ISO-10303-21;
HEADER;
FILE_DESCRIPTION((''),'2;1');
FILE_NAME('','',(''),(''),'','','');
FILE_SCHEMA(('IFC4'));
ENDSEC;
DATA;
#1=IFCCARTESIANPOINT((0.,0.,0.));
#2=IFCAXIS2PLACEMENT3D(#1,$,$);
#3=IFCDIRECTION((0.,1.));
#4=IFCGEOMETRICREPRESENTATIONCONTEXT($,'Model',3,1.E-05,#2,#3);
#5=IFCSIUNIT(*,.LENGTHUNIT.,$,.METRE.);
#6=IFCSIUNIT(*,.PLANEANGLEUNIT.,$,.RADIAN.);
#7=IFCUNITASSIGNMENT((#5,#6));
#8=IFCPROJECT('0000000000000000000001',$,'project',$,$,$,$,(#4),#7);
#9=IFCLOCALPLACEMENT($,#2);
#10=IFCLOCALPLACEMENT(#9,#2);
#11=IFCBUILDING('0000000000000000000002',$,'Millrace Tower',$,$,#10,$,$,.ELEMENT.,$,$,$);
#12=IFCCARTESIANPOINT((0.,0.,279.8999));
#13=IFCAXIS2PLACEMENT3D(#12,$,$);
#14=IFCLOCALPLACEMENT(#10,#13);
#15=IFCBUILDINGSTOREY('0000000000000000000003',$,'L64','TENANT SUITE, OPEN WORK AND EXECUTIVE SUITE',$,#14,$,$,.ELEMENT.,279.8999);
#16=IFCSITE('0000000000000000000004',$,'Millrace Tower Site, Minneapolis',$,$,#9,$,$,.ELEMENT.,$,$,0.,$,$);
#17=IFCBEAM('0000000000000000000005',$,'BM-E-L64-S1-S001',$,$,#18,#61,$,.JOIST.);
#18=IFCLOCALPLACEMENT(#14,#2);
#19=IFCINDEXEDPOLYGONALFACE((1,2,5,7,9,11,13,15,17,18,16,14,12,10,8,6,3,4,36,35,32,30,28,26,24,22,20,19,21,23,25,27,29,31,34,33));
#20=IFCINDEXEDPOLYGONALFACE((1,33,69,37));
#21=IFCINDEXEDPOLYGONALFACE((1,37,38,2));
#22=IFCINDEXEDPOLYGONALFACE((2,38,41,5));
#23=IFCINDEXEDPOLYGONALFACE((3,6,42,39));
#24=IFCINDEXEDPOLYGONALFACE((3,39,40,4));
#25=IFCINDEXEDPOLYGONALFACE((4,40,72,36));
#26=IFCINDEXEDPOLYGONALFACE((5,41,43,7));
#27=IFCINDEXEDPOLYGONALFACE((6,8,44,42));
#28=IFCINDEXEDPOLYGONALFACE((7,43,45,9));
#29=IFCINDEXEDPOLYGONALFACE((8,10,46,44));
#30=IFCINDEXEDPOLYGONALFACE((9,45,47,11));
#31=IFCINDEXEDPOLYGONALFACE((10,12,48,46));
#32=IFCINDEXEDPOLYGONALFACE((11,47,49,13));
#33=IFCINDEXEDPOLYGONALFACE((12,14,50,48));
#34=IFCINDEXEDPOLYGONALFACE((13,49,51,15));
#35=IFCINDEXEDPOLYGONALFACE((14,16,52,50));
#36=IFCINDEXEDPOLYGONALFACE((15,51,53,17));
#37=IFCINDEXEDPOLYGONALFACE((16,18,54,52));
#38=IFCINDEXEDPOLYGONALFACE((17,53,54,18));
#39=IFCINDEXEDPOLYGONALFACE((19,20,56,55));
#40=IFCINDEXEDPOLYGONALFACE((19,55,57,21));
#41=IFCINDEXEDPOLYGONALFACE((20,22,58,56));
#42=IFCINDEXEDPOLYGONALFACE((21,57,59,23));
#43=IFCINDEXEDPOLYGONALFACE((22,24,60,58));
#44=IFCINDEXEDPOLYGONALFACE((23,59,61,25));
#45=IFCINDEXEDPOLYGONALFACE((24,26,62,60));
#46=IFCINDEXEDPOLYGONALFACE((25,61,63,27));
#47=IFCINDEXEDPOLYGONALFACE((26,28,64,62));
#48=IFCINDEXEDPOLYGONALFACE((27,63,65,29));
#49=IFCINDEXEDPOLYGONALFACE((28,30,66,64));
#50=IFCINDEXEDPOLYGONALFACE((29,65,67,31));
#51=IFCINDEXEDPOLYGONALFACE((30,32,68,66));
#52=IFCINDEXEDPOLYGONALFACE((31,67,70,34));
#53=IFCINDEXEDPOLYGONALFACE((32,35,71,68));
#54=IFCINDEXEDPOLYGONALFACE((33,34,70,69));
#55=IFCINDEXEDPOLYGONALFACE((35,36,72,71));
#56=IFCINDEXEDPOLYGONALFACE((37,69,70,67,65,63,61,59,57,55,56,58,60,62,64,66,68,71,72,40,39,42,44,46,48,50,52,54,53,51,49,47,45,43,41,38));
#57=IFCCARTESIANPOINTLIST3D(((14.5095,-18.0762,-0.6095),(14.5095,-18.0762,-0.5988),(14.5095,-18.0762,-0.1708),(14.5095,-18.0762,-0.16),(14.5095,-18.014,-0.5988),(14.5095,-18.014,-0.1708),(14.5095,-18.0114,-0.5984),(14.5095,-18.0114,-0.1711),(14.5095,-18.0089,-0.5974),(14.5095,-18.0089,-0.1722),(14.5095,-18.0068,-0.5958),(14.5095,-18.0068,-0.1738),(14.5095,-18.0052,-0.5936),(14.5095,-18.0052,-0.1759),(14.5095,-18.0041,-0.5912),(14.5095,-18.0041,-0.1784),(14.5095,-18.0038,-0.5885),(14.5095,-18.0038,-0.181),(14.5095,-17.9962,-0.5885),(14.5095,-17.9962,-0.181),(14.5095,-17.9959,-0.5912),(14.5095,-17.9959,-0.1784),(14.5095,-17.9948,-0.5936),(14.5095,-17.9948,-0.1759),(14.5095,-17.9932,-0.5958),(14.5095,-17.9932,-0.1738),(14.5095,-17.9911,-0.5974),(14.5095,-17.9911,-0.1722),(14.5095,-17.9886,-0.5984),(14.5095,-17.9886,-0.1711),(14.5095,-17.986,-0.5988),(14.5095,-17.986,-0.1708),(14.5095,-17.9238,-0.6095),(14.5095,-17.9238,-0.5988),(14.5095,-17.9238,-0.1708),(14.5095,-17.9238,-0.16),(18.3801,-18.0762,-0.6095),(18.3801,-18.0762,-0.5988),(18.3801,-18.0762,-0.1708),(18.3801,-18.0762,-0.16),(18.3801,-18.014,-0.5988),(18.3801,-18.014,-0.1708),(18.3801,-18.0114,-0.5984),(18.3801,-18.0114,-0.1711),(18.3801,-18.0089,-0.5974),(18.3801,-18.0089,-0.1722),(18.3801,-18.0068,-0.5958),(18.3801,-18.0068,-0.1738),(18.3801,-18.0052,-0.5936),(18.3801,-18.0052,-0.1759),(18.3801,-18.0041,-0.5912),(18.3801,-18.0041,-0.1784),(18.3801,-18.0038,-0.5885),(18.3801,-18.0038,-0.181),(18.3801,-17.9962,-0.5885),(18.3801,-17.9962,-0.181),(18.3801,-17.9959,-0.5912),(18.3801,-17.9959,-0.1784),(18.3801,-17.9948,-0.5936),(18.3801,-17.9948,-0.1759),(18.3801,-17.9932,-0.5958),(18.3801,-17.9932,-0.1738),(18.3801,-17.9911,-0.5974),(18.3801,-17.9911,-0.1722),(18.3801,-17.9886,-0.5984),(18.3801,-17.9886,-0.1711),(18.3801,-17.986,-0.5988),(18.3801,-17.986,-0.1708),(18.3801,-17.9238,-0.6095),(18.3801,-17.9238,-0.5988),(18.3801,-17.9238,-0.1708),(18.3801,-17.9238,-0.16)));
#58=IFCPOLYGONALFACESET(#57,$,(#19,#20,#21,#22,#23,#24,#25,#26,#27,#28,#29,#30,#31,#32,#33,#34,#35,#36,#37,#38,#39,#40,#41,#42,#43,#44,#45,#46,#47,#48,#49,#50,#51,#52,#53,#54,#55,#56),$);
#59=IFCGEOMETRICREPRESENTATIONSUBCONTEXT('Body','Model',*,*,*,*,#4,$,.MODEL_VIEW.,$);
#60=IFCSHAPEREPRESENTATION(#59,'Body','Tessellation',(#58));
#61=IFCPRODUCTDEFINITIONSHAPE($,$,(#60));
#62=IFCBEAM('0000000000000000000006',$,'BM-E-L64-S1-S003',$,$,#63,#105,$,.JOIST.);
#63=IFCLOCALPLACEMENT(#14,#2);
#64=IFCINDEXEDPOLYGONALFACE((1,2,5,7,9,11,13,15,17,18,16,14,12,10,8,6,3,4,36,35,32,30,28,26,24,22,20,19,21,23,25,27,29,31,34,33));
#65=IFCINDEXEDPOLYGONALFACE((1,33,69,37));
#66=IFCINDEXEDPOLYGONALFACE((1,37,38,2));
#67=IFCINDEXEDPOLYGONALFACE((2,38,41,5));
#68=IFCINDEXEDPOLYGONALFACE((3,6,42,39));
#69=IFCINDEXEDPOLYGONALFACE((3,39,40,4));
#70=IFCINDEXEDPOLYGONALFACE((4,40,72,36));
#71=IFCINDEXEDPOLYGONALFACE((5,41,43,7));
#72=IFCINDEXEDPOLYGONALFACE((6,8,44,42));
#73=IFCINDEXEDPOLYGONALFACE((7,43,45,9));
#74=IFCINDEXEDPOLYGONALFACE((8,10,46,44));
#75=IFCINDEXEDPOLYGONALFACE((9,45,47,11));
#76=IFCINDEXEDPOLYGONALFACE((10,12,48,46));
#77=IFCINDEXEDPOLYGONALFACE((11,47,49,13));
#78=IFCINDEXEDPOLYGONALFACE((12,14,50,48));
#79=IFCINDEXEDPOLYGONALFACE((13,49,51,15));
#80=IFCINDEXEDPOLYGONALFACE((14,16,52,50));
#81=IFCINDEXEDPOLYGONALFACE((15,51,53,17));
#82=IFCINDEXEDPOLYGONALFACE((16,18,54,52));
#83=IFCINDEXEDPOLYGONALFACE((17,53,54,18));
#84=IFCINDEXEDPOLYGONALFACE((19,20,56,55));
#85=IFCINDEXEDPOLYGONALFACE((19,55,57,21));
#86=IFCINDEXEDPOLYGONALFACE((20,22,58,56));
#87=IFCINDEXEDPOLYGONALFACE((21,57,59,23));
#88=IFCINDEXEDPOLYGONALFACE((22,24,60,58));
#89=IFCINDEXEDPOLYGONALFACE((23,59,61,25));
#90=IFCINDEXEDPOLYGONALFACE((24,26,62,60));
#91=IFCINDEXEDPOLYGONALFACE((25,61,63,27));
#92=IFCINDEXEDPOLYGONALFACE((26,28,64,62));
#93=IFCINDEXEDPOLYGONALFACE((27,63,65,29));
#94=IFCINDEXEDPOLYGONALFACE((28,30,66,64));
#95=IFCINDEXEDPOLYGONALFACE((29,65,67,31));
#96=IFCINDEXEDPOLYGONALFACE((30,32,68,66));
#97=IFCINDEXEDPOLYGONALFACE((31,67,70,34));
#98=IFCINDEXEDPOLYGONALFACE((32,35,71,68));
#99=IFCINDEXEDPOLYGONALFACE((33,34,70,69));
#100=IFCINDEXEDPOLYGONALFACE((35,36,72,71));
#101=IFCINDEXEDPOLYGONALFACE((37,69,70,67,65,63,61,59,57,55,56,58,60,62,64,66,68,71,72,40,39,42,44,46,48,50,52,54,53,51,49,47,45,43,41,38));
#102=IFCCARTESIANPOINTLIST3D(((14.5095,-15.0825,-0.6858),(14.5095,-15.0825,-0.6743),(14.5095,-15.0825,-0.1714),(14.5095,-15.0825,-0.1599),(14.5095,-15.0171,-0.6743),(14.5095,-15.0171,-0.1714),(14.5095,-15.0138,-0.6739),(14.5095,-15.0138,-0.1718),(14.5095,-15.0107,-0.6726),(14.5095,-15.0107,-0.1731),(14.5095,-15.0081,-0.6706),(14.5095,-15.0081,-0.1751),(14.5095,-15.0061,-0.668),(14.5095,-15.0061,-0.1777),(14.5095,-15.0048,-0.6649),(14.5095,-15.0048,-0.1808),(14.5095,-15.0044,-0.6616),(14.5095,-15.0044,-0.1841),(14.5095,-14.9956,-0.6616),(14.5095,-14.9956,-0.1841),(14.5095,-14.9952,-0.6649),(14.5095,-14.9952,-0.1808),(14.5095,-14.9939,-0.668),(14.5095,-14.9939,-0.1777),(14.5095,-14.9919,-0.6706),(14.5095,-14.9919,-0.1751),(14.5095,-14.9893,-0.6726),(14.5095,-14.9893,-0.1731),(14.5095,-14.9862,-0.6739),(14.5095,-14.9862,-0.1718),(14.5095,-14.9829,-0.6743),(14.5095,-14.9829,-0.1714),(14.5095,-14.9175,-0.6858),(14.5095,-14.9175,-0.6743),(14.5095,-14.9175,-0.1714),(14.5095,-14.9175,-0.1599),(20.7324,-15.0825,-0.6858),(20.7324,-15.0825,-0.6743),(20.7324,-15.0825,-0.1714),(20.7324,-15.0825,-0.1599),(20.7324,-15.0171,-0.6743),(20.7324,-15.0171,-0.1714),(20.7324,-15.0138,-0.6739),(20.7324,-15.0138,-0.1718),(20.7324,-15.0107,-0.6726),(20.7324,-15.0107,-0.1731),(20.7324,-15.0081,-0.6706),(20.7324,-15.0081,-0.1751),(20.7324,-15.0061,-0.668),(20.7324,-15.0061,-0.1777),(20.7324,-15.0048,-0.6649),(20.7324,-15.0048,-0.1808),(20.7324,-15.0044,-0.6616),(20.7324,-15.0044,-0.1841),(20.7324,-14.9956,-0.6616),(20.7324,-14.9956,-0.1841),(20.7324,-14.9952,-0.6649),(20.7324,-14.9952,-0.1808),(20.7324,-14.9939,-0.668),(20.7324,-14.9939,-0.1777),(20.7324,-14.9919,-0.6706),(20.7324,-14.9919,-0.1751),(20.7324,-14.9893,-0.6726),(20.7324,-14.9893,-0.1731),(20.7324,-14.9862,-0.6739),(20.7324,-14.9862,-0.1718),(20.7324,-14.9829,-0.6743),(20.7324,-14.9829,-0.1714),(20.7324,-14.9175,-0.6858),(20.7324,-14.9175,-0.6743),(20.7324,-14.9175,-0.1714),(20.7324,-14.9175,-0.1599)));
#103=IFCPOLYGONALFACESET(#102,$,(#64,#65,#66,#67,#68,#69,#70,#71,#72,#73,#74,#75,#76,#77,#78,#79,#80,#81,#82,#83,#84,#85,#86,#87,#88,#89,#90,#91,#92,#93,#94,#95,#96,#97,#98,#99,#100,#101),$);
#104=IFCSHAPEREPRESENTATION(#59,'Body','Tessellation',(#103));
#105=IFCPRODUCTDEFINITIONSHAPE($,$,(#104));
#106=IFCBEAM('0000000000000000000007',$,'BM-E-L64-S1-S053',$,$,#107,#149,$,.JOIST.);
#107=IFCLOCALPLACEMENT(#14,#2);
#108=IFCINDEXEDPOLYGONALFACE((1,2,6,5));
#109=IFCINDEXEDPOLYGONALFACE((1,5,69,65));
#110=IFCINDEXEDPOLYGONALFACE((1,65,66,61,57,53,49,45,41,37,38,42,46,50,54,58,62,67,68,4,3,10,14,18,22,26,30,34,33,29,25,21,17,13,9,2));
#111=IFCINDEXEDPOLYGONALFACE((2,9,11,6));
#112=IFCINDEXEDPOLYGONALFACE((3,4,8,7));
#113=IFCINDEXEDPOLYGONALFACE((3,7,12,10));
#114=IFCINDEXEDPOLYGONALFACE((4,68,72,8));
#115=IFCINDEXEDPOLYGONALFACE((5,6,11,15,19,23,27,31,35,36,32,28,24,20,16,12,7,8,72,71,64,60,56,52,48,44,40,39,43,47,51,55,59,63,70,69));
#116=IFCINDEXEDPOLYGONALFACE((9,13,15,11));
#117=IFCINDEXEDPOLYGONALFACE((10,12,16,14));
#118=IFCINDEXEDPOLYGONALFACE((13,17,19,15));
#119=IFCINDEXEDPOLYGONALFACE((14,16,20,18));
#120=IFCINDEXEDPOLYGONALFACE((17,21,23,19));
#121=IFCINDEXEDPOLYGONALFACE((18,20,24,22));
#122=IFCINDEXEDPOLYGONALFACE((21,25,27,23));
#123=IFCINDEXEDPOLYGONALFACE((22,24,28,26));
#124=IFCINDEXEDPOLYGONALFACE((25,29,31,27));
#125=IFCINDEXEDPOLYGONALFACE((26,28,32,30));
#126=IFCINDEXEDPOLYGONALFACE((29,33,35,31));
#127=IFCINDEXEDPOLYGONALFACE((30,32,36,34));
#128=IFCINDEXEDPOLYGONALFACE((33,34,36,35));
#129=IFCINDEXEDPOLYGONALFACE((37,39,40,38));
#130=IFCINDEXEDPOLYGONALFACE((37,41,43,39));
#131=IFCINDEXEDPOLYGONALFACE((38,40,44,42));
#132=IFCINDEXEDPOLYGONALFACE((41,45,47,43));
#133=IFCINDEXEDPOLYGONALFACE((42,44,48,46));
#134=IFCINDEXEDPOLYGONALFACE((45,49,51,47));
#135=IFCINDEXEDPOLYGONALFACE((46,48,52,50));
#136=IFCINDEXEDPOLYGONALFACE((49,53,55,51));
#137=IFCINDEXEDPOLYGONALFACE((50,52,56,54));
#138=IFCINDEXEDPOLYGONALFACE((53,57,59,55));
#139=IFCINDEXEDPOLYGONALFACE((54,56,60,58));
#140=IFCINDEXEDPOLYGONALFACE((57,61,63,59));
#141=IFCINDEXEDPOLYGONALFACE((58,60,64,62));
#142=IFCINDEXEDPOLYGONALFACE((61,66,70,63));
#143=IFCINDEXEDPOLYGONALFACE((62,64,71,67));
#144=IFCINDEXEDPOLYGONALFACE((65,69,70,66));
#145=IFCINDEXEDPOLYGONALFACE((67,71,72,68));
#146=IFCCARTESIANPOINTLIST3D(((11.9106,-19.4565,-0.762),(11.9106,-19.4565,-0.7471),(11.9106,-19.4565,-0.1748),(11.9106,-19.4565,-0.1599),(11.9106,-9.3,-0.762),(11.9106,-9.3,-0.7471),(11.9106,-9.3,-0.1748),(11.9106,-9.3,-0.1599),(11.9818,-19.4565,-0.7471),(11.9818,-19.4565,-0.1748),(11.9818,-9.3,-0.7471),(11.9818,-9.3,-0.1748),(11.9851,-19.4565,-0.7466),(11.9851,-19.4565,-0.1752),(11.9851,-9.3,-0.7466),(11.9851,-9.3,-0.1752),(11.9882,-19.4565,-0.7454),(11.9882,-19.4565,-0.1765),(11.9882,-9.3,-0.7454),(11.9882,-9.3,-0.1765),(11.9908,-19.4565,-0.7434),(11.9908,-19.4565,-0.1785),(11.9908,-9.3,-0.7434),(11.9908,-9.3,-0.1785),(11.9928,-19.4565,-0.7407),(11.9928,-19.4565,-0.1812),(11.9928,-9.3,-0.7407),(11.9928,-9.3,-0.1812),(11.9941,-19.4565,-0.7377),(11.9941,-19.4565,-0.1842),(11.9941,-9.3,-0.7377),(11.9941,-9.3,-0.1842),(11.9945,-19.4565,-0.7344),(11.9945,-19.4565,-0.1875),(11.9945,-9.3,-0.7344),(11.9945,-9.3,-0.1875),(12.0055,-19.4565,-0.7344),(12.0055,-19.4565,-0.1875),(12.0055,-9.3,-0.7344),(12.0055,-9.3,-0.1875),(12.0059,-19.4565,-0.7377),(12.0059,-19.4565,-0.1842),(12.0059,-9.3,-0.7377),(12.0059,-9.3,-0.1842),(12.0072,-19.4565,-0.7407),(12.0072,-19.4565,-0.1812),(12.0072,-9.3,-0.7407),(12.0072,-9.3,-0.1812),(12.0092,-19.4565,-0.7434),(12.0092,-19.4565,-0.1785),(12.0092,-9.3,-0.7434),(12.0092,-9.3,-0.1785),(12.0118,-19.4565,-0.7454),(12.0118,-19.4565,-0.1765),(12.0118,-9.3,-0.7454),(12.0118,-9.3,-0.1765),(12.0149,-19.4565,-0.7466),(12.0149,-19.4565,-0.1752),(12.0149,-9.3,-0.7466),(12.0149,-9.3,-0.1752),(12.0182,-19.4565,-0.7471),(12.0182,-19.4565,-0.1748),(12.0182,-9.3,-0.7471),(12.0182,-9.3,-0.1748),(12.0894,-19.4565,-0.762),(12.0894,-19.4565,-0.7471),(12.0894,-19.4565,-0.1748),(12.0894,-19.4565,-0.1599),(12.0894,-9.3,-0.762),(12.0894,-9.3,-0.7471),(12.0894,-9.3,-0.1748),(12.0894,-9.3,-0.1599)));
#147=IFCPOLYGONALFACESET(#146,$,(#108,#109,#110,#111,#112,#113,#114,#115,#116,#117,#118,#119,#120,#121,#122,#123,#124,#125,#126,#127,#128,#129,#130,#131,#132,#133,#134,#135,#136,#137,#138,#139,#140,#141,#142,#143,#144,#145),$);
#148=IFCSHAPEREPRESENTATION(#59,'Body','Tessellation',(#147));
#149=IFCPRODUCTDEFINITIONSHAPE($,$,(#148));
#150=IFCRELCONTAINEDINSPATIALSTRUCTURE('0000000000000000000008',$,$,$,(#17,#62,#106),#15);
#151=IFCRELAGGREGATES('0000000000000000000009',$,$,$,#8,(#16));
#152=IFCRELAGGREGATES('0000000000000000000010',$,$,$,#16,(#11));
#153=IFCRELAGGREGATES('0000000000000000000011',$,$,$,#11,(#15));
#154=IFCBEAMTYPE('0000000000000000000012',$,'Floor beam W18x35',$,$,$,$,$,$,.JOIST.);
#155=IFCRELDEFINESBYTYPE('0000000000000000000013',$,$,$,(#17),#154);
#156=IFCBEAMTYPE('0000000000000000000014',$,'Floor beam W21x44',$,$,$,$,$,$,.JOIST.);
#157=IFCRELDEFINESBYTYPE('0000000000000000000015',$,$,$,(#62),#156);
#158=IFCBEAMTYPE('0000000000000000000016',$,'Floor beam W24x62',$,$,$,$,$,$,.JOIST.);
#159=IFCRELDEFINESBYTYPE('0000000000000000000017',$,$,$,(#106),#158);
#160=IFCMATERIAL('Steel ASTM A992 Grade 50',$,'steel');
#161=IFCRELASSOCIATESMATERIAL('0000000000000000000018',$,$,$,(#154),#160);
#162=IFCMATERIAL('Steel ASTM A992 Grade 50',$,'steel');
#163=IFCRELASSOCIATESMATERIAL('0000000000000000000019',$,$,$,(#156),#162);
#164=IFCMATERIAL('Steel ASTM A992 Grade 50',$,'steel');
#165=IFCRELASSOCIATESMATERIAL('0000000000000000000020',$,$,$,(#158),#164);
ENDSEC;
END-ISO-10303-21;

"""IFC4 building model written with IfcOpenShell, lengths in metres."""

from ifc_helpers import new_model, si_unit, direction, frame, origin, origin_2d, place, context, subcontext, project, spatial, i_section, extrude, material, material_profile, profile_set, type_object, element, save


model = new_model("IFC4")

# Units and contexts
model_context = context("Model", 3, precision=1e-05, world=origin(), true_north=direction((0.0, 1.0)))
body_context = subcontext(model_context, "Body", "Model", "MODEL_VIEW")
ifc_project = project(units=[si_unit("LENGTHUNIT", "METRE"), si_unit("PLANEANGLEUNIT", "RADIAN")], contexts=[model_context])

# Site, building, storey
site_placement = place(None, origin())
site = spatial("IfcSite", under=ifc_project, at=site_placement, Name="Millrace Tower Site, Minneapolis", CompositionType="ELEMENT", RefElevation=0.0)
building_placement = place(site_placement, origin())
building = spatial("IfcBuilding", under=site, at=building_placement, Name="Millrace Tower", CompositionType="ELEMENT")
storey_placement = place(building_placement, frame((0.0, 0.0, 279.8999)))
storey = spatial("IfcBuildingStorey", under=building, at=storey_placement, Name="L64", Description="TENANT SUITE, OPEN WORK AND EXECUTIVE SUITE", CompositionType="ELEMENT", Elevation=279.8999)

# Beams
ifc_material_1 = material(Name="Steel ASTM A992 Grade 50", Category="steel")
ifc_material_profile_1 = material_profile(ifc_material_1, i_section(OverallWidth=0.1523, OverallDepth=0.4495, WebThickness=0.0076, FlangeThickness=0.0107, FilletRadius=0.0103, at=origin_2d()))
ifc_profile_set_1 = profile_set([ifc_material_profile_1], Name="Steel ASTM A992 Grade 50")
beam_type_1 = type_object("IfcBeamType", Name="Floor beam W18x35", PredefinedType="JOIST", material=ifc_profile_set_1)
beam_1_placement = place(storey_placement, frame((14.5095, -18.0, -0.3848), z_axis=(1.0, 0.0, 0.0), x_axis=(0.0, 1.0, 0.0)))
element("IfcBeam", 1, at=beam_1_placement, inside=storey, type_object=beam_type_1, Name="BM-E-L64-S1-S001", PredefinedType="JOIST", context=body_context, shape_type="SweptSolid", body=[
    extrude(i_section(OverallWidth=0.1523, OverallDepth=0.4495, WebThickness=0.0076, FlangeThickness=0.0107, FilletRadius=0.0103, at=origin_2d()), origin(), (0.0, 0.0, 1.0), 3.8706),
])
ifc_material_2 = material(Name="Steel ASTM A992 Grade 50", Category="steel")
ifc_material_profile_2 = material_profile(ifc_material_2, i_section(OverallWidth=0.165, OverallDepth=0.5259, WebThickness=0.0088, FlangeThickness=0.0115, FilletRadius=0.0127, at=origin_2d()))
ifc_profile_set_2 = profile_set([ifc_material_profile_2], Name="Steel ASTM A992 Grade 50")
beam_type_2 = type_object("IfcBeamType", Name="Floor beam W21x44", PredefinedType="JOIST", material=ifc_profile_set_2)
beam_2_placement = place(storey_placement, frame((14.5095, -15.0, -0.4229), z_axis=(1.0, 0.0, 0.0), x_axis=(0.0, 1.0, 0.0)))
element("IfcBeam", 2, at=beam_2_placement, inside=storey, type_object=beam_type_2, Name="BM-E-L64-S1-S003", PredefinedType="JOIST", context=body_context, shape_type="SweptSolid", body=[
    extrude(i_section(OverallWidth=0.165, OverallDepth=0.5259, WebThickness=0.0088, FlangeThickness=0.0115, FilletRadius=0.0127, at=origin_2d()), origin(), (0.0, 0.0, 1.0), 6.2229),
])
ifc_material_3 = material(Name="Steel ASTM A992 Grade 50", Category="steel")
ifc_material_profile_3 = material_profile(ifc_material_3, i_section(OverallWidth=0.1787, OverallDepth=0.6021, WebThickness=0.011, FlangeThickness=0.0149, FilletRadius=0.0127, at=origin_2d()))
ifc_profile_set_3 = profile_set([ifc_material_profile_3], Name="Steel ASTM A992 Grade 50")
beam_type_3 = type_object("IfcBeamType", Name="Floor beam W24x62", PredefinedType="JOIST", material=ifc_profile_set_3)
beam_3_placement = place(storey_placement, frame((12.0, -19.4565, -0.4609), z_axis=(0.0, 1.0, 0.0), x_axis=(-1.0, 0.0, 0.0)))
element("IfcBeam", 3, at=beam_3_placement, inside=storey, type_object=beam_type_3, Name="BM-E-L64-S1-S053", PredefinedType="JOIST", context=body_context, shape_type="SweptSolid", body=[
    extrude(i_section(OverallWidth=0.1787, OverallDepth=0.6021, WebThickness=0.011, FlangeThickness=0.0149, FilletRadius=0.0127, at=origin_2d()), origin(), (0.0, 0.0, 1.0), 10.1565),
])

save(model, "model.ifc")
